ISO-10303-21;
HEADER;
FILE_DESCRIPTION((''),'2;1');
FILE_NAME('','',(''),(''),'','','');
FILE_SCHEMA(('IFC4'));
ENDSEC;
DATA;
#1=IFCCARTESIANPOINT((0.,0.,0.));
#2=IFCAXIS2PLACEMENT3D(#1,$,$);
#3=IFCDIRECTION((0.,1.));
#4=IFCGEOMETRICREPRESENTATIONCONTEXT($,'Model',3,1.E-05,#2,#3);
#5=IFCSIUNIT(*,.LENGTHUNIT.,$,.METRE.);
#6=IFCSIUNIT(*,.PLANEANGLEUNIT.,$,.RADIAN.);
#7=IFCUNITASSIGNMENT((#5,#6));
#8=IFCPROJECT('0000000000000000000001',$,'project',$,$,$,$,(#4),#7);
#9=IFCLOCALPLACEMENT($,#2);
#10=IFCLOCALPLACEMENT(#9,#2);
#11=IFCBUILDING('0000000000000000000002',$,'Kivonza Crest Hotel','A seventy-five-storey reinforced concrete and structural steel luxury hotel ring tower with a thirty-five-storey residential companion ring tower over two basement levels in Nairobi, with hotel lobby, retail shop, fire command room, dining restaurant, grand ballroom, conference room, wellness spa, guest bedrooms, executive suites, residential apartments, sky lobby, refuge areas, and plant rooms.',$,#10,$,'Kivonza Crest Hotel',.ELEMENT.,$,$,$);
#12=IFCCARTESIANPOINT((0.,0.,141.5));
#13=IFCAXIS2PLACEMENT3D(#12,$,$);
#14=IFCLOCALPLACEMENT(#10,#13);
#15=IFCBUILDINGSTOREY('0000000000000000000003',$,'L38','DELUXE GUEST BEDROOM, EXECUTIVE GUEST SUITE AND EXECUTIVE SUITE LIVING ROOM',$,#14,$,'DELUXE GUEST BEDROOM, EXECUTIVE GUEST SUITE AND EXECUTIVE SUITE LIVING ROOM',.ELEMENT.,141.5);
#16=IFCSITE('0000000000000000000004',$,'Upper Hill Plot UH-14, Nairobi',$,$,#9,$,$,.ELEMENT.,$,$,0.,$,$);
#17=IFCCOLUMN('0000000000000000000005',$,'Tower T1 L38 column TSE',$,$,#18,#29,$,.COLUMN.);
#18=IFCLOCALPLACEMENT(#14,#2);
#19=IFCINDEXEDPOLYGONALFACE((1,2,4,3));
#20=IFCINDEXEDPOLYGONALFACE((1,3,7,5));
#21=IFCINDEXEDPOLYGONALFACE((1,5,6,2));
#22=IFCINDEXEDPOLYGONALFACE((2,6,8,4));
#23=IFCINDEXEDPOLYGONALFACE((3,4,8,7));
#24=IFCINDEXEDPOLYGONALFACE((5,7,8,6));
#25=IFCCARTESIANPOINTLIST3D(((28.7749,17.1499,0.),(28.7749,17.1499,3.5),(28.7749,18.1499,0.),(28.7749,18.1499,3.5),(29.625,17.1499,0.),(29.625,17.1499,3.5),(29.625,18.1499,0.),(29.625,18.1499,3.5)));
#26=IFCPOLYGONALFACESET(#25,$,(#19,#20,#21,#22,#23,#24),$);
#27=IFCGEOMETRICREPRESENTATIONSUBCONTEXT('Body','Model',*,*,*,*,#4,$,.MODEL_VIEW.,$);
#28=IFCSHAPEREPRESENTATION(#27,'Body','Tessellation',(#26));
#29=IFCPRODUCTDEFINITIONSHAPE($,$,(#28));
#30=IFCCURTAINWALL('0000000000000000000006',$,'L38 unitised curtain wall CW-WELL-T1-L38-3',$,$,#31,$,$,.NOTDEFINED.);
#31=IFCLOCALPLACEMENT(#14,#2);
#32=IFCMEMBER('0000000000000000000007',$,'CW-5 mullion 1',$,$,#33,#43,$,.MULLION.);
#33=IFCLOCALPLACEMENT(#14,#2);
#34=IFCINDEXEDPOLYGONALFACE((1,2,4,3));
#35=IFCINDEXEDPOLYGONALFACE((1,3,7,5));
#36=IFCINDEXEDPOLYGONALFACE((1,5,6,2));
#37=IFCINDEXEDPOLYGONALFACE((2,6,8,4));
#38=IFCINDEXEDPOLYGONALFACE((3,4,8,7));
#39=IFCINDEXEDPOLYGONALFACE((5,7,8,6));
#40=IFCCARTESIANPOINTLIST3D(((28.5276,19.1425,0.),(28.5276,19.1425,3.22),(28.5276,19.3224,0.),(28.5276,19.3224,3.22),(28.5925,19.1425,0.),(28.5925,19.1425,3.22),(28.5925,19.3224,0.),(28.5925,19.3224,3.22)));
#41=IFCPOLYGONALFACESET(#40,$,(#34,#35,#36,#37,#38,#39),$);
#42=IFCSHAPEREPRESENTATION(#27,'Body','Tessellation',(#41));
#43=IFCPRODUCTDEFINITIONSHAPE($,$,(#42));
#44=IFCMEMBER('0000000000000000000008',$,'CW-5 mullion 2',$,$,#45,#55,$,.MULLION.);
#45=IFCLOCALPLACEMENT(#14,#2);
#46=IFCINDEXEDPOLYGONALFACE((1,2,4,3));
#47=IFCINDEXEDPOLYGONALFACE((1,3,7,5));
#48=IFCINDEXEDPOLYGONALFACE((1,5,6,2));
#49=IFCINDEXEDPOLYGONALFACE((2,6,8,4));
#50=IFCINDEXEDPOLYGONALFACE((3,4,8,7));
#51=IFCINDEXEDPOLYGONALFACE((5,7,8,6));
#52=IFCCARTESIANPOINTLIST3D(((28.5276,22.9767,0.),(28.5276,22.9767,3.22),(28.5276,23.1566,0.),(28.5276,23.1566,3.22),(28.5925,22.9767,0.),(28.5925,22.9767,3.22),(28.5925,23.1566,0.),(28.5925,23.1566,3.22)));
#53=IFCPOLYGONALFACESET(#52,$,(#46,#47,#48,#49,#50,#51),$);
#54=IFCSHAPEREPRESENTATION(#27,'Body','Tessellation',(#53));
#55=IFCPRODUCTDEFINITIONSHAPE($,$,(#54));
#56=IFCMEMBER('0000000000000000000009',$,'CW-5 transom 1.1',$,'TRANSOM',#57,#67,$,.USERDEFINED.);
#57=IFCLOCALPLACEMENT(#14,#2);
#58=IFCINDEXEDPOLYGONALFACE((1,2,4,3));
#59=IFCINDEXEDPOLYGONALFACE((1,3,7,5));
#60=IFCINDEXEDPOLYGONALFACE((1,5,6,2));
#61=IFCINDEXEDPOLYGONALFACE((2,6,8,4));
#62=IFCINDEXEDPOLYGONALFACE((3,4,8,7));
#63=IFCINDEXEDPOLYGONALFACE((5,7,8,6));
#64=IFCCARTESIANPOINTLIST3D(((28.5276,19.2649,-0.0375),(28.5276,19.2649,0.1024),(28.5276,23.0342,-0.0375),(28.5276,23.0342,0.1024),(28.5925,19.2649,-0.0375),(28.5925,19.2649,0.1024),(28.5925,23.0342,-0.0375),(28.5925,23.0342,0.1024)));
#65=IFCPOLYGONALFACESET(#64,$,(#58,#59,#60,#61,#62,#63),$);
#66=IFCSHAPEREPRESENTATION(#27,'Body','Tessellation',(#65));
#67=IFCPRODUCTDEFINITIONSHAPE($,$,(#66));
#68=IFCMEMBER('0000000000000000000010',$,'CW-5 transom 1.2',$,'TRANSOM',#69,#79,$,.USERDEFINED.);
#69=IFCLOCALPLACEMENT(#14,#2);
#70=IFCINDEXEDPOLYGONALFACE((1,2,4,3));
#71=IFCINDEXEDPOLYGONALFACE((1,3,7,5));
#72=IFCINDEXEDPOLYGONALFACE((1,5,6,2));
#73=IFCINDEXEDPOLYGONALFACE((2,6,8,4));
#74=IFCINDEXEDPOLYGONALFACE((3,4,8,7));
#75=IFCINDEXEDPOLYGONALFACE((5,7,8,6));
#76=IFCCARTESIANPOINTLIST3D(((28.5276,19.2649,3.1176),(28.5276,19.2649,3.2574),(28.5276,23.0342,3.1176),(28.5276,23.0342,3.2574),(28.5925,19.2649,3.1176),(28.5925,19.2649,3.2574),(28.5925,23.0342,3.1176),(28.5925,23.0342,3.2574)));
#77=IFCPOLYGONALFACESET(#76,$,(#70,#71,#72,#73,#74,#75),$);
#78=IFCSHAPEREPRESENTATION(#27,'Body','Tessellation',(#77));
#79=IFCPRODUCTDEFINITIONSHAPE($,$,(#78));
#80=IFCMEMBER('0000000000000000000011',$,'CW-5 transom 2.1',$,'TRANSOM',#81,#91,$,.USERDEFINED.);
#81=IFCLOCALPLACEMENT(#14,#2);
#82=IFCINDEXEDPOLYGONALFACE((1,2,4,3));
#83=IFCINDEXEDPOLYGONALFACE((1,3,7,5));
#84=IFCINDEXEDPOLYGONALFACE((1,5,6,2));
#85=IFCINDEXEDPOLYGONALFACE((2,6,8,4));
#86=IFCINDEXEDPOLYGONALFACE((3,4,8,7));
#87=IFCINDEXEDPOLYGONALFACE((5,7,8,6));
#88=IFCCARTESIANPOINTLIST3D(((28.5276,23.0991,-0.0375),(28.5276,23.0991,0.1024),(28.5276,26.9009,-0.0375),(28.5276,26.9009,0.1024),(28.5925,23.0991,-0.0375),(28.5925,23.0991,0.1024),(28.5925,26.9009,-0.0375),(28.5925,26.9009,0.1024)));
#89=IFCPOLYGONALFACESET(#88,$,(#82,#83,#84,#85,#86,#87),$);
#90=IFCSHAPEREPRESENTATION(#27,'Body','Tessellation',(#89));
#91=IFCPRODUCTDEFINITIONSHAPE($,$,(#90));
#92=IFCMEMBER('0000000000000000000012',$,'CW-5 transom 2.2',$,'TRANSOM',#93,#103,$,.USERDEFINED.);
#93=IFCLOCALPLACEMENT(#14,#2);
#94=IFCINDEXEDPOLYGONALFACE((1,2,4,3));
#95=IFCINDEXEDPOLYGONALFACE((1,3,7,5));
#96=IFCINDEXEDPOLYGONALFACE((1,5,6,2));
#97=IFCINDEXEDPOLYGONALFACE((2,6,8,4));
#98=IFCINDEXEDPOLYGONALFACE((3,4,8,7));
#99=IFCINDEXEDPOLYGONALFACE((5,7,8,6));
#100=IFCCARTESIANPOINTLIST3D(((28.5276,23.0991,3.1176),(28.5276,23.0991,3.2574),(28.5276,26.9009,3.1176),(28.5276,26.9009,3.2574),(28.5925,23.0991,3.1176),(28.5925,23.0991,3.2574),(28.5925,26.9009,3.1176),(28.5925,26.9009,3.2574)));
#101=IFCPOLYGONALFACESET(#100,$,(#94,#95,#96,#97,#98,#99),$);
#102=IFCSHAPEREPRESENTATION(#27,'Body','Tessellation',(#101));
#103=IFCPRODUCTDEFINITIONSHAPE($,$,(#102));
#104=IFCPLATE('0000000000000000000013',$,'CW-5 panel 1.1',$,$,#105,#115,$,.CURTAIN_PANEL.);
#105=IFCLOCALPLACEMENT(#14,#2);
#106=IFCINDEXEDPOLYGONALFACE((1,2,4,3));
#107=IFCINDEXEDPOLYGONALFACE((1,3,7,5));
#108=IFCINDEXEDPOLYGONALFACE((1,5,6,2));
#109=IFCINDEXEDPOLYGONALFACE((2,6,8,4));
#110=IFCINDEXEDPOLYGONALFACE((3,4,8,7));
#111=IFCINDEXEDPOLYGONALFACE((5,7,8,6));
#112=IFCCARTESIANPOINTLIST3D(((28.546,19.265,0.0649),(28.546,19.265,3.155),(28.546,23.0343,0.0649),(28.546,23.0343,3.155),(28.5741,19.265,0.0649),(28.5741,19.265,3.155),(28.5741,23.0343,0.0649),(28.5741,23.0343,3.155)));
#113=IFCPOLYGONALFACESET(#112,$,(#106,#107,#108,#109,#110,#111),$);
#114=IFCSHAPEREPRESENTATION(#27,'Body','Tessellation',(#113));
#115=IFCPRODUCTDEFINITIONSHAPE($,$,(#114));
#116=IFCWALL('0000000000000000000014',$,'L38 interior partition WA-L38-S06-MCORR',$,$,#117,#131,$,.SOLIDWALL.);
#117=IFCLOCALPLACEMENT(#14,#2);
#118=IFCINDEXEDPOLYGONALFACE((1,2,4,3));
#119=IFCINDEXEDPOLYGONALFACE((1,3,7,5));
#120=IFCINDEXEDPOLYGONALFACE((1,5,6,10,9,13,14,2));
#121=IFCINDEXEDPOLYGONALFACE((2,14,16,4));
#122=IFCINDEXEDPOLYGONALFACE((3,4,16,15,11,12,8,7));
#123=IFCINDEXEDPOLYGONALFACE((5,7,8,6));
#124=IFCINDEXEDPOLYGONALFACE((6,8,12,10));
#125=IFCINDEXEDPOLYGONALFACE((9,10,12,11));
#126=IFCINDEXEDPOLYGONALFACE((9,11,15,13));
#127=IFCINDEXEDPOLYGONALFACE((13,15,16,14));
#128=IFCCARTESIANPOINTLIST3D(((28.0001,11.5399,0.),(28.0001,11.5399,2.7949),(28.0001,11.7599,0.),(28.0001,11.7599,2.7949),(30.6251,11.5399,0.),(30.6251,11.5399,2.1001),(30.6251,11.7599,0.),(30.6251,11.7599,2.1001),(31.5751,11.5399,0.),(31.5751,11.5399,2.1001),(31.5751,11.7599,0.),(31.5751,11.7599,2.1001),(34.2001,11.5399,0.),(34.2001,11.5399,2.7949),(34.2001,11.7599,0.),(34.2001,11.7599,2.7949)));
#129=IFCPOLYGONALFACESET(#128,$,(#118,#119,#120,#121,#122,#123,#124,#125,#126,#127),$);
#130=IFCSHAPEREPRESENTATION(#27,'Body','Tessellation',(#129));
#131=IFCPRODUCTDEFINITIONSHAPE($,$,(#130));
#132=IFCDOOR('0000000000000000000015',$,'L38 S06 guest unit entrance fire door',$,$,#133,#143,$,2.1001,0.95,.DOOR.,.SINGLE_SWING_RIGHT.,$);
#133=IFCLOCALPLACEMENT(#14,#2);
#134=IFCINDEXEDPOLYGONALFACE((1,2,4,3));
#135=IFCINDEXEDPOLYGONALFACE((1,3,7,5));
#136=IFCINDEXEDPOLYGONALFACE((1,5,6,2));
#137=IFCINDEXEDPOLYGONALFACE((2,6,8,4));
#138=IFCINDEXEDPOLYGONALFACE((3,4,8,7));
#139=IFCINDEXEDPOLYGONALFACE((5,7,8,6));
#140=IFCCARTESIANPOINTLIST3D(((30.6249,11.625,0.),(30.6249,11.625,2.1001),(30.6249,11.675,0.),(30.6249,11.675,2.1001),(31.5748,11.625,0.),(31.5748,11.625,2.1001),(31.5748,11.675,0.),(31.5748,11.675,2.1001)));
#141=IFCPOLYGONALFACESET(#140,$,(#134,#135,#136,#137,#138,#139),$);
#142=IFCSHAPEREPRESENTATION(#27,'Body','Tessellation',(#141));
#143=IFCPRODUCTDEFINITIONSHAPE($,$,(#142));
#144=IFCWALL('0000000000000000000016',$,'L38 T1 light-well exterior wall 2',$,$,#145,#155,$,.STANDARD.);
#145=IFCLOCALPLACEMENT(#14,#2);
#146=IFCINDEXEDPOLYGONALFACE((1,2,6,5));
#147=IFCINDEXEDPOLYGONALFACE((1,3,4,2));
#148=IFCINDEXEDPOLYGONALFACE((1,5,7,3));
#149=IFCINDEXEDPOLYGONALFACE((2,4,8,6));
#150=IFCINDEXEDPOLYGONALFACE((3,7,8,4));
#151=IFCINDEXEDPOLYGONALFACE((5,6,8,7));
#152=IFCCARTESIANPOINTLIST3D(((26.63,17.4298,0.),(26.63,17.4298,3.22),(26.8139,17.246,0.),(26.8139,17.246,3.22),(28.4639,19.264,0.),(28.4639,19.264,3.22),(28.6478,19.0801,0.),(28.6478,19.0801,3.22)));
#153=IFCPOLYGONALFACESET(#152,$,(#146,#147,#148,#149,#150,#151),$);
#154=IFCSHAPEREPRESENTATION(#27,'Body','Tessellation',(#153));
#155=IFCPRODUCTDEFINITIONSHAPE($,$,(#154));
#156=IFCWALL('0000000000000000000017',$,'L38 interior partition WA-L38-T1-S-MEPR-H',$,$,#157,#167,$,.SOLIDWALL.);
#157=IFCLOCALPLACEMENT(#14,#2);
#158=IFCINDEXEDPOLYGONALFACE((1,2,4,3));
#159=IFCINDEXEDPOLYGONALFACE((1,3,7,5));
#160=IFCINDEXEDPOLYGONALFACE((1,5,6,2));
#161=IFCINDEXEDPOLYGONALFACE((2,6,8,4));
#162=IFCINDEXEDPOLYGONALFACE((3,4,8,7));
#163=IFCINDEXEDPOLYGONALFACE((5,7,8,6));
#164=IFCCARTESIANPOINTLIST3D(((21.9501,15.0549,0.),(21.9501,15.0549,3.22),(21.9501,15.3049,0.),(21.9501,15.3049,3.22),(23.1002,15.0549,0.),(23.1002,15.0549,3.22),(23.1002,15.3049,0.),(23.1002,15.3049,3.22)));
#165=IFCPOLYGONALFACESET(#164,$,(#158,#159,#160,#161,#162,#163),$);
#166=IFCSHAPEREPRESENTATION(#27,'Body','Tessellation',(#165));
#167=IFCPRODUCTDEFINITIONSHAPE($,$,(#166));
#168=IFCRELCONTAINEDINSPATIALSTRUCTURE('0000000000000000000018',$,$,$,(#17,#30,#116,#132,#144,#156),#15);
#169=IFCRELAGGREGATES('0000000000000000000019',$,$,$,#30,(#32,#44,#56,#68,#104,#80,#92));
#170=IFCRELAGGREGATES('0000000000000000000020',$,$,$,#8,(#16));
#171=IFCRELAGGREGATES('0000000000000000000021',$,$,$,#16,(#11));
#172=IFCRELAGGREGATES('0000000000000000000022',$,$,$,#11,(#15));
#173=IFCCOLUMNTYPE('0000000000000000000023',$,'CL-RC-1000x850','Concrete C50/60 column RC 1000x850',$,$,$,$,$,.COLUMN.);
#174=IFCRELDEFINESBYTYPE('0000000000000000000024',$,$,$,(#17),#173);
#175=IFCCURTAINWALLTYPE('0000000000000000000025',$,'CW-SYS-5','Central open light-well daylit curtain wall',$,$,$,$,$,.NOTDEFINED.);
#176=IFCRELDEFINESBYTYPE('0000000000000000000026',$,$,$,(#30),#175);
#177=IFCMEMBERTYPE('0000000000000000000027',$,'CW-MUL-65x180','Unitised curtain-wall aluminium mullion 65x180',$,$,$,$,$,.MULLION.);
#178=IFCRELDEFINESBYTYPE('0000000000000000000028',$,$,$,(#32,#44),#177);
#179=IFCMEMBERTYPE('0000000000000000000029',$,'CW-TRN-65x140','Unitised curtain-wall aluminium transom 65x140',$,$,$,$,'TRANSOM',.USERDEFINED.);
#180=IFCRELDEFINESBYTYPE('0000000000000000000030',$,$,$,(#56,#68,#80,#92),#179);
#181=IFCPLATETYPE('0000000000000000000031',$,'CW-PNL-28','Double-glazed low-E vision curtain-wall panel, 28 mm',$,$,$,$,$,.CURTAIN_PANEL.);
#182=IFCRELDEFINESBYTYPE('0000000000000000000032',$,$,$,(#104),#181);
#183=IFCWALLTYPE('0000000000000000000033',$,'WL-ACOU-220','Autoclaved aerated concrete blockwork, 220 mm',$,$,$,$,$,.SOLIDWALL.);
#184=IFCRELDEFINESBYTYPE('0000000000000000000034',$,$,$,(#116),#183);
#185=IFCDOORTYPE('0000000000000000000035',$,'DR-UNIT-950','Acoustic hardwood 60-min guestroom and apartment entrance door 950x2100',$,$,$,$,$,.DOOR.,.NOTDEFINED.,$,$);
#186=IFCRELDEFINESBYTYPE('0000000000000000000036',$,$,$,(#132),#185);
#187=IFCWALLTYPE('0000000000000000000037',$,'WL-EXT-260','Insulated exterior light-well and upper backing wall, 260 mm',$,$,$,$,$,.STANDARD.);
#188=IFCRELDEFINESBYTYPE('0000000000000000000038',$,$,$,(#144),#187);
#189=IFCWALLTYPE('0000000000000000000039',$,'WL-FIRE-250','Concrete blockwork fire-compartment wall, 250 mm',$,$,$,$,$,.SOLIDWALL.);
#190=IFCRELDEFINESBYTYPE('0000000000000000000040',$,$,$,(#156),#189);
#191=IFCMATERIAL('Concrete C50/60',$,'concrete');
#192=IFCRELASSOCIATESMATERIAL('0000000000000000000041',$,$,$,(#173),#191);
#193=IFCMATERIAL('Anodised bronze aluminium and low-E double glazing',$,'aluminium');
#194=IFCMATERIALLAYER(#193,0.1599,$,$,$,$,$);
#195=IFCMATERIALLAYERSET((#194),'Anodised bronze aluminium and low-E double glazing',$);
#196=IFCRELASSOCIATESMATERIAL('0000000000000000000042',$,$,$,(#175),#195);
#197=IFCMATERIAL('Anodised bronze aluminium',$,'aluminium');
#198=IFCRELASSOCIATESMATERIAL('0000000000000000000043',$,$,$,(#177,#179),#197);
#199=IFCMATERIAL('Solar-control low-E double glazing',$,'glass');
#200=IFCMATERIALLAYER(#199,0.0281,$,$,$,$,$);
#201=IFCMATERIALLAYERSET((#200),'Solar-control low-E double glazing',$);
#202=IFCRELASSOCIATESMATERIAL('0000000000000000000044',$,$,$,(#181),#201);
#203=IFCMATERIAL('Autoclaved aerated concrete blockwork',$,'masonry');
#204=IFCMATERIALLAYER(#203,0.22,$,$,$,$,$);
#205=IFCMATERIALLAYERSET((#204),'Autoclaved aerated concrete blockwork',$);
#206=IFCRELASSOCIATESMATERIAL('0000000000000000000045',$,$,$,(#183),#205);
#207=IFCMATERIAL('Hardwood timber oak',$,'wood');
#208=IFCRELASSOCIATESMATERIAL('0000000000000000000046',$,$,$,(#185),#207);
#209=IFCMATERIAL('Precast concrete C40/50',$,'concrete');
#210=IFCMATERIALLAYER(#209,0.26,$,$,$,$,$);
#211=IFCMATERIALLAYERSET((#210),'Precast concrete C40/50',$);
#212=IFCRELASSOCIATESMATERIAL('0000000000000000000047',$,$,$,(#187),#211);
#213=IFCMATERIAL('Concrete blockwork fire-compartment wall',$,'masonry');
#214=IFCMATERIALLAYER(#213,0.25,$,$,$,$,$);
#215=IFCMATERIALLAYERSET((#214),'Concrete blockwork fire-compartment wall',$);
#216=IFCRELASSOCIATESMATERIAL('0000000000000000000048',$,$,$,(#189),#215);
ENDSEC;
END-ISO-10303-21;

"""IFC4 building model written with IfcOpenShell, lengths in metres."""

from ifc_helpers import new_model, si_unit, direction, frame, frame_2d, origin, origin_2d, place, context, subcontext, project, spatial, rectangle, extrude, material, layer, layer_set, material_profile, profile_set, type_object, element, fill, aggregate, save


model = new_model("IFC4")

# Units and contexts
model_context = context("Model", 3, precision=1e-05, world=origin(), true_north=direction((0.0, 1.0)))
body_context = subcontext(model_context, "Body", "Model", "MODEL_VIEW")
ifc_project = project(units=[si_unit("LENGTHUNIT", "METRE"), si_unit("PLANEANGLEUNIT", "RADIAN")], contexts=[model_context])

# Site, building, storey
site_placement = place(None, origin())
site = spatial("IfcSite", under=ifc_project, at=site_placement, Name="Upper Hill Plot UH-14, Nairobi", CompositionType="ELEMENT", RefElevation=0.0)
building_placement = place(site_placement, origin())
building = spatial("IfcBuilding", under=site, at=building_placement, Name="Kivonza Crest Hotel", Description="A seventy-five-storey reinforced concrete and structural steel luxury hotel ring tower with a thirty-five-storey residential companion ring tower over two basement levels in Nairobi, with hotel lobby, retail shop, fire command room, dining restaurant, grand ballroom, conference room, wellness spa, guest bedrooms, executive suites, residential apartments, sky lobby, refuge areas, and plant rooms.", LongName="Kivonza Crest Hotel", CompositionType="ELEMENT")
storey_placement = place(building_placement, frame((0.0, 0.0, 141.5)))
storey = spatial("IfcBuildingStorey", under=building, at=storey_placement, Name="L38", Description="DELUXE GUEST BEDROOM, EXECUTIVE GUEST SUITE AND EXECUTIVE SUITE LIVING ROOM", LongName="DELUXE GUEST BEDROOM, EXECUTIVE GUEST SUITE AND EXECUTIVE SUITE LIVING ROOM", CompositionType="ELEMENT", Elevation=141.5)

# Column
ifc_material_1 = material(Name="Concrete C50/60", Category="concrete")
ifc_material_profile_1 = material_profile(ifc_material_1, rectangle(XDim=0.8501, YDim=1.0, at=origin_2d()), Name="RC 1000x850")
ifc_profile_set_1 = profile_set([ifc_material_profile_1], Name="Concrete C50/60")
column_type = type_object("IfcColumnType", Name="CL-RC-1000x850", Description="Concrete C50/60 column RC 1000x850", PredefinedType="COLUMN", material=ifc_profile_set_1)
column_placement = place(storey_placement, frame((29.2, 17.6499, 0.0), z_axis=(0.0, 0.0, 1.0), x_axis=(1.0, 0.0, 0.0)))
element("IfcColumn", 1, at=column_placement, inside=storey, type_object=column_type, Name="Tower T1 L38 column TSE", PredefinedType="COLUMN", context=body_context, shape_type="SweptSolid", body=[
    extrude(rectangle(XDim=0.8501, YDim=1.0, at=origin_2d()), origin(), (0.0, 0.0, 1.0), 3.5),
])

# Curtain wall, members, plate
ifc_material_2 = material(Name="Anodised bronze aluminium and low-E double glazing", Category="aluminium")
ifc_layer_1 = layer(ifc_material_2, 0.1599)
ifc_layer_set_1 = layer_set([ifc_layer_1], Name="Anodised bronze aluminium and low-E double glazing")
curtain_wall_type = type_object("IfcCurtainWallType", Name="CW-SYS-5", Description="Central open light-well daylit curtain wall", PredefinedType="NOTDEFINED", material=ifc_layer_set_1)
curtain_wall_placement = place(storey_placement, origin())
curtain_wall = element("IfcCurtainWall", 2, at=curtain_wall_placement, inside=storey, type_object=curtain_wall_type, Name="L38 unitised curtain wall CW-WELL-T1-L38-3", PredefinedType="NOTDEFINED")
ifc_material_3 = material(Name="Anodised bronze aluminium", Category="aluminium")
ifc_material_profile_2 = material_profile(ifc_material_3, rectangle(XDim=0.0649, YDim=0.1799, at=origin_2d()), Name="CW-M 65x180")
ifc_profile_set_2 = profile_set([ifc_material_profile_2], Name="Anodised bronze aluminium")
member_type_1 = type_object("IfcMemberType", Name="CW-MUL-65x180", Description="Unitised curtain-wall aluminium mullion 65x180", PredefinedType="MULLION", material=ifc_profile_set_2)
member_1_placement = place(storey_placement, frame((28.5601, 19.2324, 0.0), z_axis=(0.0, 0.0, 1.0), x_axis=(-1.0, 0.0, 0.0)))
member_1 = element("IfcMember", 3, at=member_1_placement, type_object=member_type_1, Name="CW-5 mullion 1", PredefinedType="MULLION", context=body_context, shape_type="SweptSolid", body=[
    extrude(rectangle(XDim=0.0649, YDim=0.1799, at=origin_2d()), origin(), (0.0, 0.0, 1.0), 3.22),
])
member_2_placement = place(storey_placement, frame((28.5601, 23.0667, 0.0), z_axis=(0.0, 0.0, 1.0), x_axis=(-1.0, 0.0, 0.0)))
member_2 = element("IfcMember", 4, at=member_2_placement, type_object=member_type_1, Name="CW-5 mullion 2", PredefinedType="MULLION", context=body_context, shape_type="SweptSolid", body=[
    extrude(rectangle(XDim=0.0649, YDim=0.1799, at=origin_2d()), origin(), (0.0, 0.0, 1.0), 3.22),
])
ifc_material_profile_3 = material_profile(ifc_material_3, rectangle(XDim=0.0649, YDim=0.1399, at=origin_2d()), Name="CW-T 65x140")
ifc_profile_set_3 = profile_set([ifc_material_profile_3], Name="Anodised bronze aluminium")
member_type_2 = type_object("IfcMemberType", Name="CW-TRN-65x140", Description="Unitised curtain-wall aluminium transom 65x140", ElementType="TRANSOM", PredefinedType="USERDEFINED", material=ifc_profile_set_3)
member_3_placement = place(storey_placement, frame((28.5601, 19.2649, 0.0325), z_axis=(0.0, 1.0, 0.0), x_axis=(-1.0, 0.0, 0.0)))
member_3 = element("IfcMember", 5, at=member_3_placement, type_object=member_type_2, Name="CW-5 transom 1.1", ObjectType="TRANSOM", PredefinedType="USERDEFINED", context=body_context, shape_type="SweptSolid", body=[
    extrude(rectangle(XDim=0.0649, YDim=0.1399, at=origin_2d()), origin(), (0.0, 0.0, 1.0), 3.7693),
])
member_4_placement = place(storey_placement, frame((28.5601, 19.2649, 3.1875), z_axis=(0.0, 1.0, 0.0), x_axis=(-1.0, 0.0, 0.0)))
member_4 = element("IfcMember", 6, at=member_4_placement, type_object=member_type_2, Name="CW-5 transom 1.2", ObjectType="TRANSOM", PredefinedType="USERDEFINED", context=body_context, shape_type="SweptSolid", body=[
    extrude(rectangle(XDim=0.0649, YDim=0.1399, at=origin_2d()), origin(), (0.0, 0.0, 1.0), 3.7693),
])
member_5_placement = place(storey_placement, frame((28.5601, 23.0991, 0.0325), z_axis=(0.0, 1.0, 0.0), x_axis=(-1.0, 0.0, 0.0)))
member_5 = element("IfcMember", 7, at=member_5_placement, type_object=member_type_2, Name="CW-5 transom 2.1", ObjectType="TRANSOM", PredefinedType="USERDEFINED", context=body_context, shape_type="SweptSolid", body=[
    extrude(rectangle(XDim=0.0649, YDim=0.1399, at=origin_2d()), origin(), (0.0, 0.0, 1.0), 3.8018),
])
member_6_placement = place(storey_placement, frame((28.5601, 23.0991, 3.1875), z_axis=(0.0, 1.0, 0.0), x_axis=(-1.0, 0.0, 0.0)))
member_6 = element("IfcMember", 8, at=member_6_placement, type_object=member_type_2, Name="CW-5 transom 2.2", ObjectType="TRANSOM", PredefinedType="USERDEFINED", context=body_context, shape_type="SweptSolid", body=[
    extrude(rectangle(XDim=0.0649, YDim=0.1399, at=origin_2d()), origin(), (0.0, 0.0, 1.0), 3.8018),
])
ifc_material_4 = material(Name="Solar-control low-E double glazing", Category="glass")
ifc_layer_2 = layer(ifc_material_4, 0.0281)
ifc_layer_set_2 = layer_set([ifc_layer_2], Name="Solar-control low-E double glazing")
plate_type = type_object("IfcPlateType", Name="CW-PNL-28", Description="Double-glazed low-E vision curtain-wall panel, 28 mm", PredefinedType="CURTAIN_PANEL", material=ifc_layer_set_2)
plate_placement = place(storey_placement, frame((28.5601, 21.1497, 0.0649), z_axis=(0.0, 0.0, 1.0), x_axis=(0.0, 1.0, 0.0)))
plate = element("IfcPlate", 9, at=plate_placement, type_object=plate_type, Name="CW-5 panel 1.1", PredefinedType="CURTAIN_PANEL", context=body_context, shape_type="SweptSolid", body=[
    extrude(rectangle(XDim=3.7693, YDim=0.0281, at=origin_2d()), origin(), (0.0, 0.0, 1.0), 3.0901),
])
aggregate(curtain_wall, [member_1, member_2, member_3, member_4, plate, member_5, member_6])

# Wall, opening, door
ifc_material_5 = material(Name="Autoclaved aerated concrete blockwork", Category="masonry")
ifc_layer_3 = layer(ifc_material_5, 0.22)
ifc_layer_set_3 = layer_set([ifc_layer_3], Name="Autoclaved aerated concrete blockwork")
wall_type_1 = type_object("IfcWallType", Name="WL-ACOU-220", Description="Autoclaved aerated concrete blockwork, 220 mm", PredefinedType="SOLIDWALL", material=ifc_layer_set_3)
wall_1_placement = place(storey_placement, frame((28.0, 11.6499, 0.0), z_axis=(0.0, 0.0, 1.0), x_axis=(1.0, 0.0, 0.0)))
wall_1 = element("IfcWall", 10, at=wall_1_placement, inside=storey, type_object=wall_type_1, Name="L38 interior partition WA-L38-S06-MCORR", PredefinedType="SOLIDWALL", context=body_context, shape_type="SweptSolid", body=[
    extrude(rectangle(XDim=6.2, YDim=0.22, at=frame_2d((3.1001, 0.0))), origin(), (0.0, 0.0, 1.0), 2.7949),
])
opening_1_placement = place(wall_1_placement, frame((2.625, 0.0, 0.0)))
opening_1 = element("IfcOpeningElement", 11, at=opening_1_placement, cuts=wall_1, PredefinedType="OPENING", context=body_context, shape_type="SweptSolid", body=[
    extrude(rectangle(XDim=0.95, YDim=2.1001, at=frame_2d((0.4751, 1.05))), frame((0.0, 0.1201, 0.0), z_axis=(0.0, -1.0, 0.0), x_axis=(1.0, 0.0, 0.0)), (0.0, 0.0, 1.0), 0.24),
])
ifc_material_6 = material(Name="Hardwood timber oak", Category="wood")
door_type_1 = type_object("IfcDoorType", Name="DR-UNIT-950", Description="Acoustic hardwood 60-min guestroom and apartment entrance door 950x2100", OperationType="NOTDEFINED", PredefinedType="DOOR", material=ifc_material_6)
door_1_placement = place(opening_1_placement, frame((0.95, 0.0, 0.0), z_axis=(0.0, 0.0, 1.0), x_axis=(-1.0, 0.0, 0.0)))
door_1 = element("IfcDoor", 12, at=door_1_placement, inside=storey, type_object=door_type_1, Name="L38 S06 guest unit entrance fire door", OperationType="SINGLE_SWING_RIGHT", OverallHeight=2.1001, OverallWidth=0.95, PredefinedType="DOOR", context=body_context, shape_type="SweptSolid", body=[
    extrude(rectangle(XDim=0.95, YDim=2.1001, at=frame_2d((0.4751, 1.05))), frame((0.0, 0.0249, 0.0), z_axis=(0.0, -1.0, 0.0), x_axis=(1.0, 0.0, 0.0)), (0.0, 0.0, 1.0), 0.05),
])
fill(opening_1, door_1)

# Walls
ifc_material_7 = material(Name="Precast concrete C40/50", Category="concrete")
ifc_layer_4 = layer(ifc_material_7, 0.26)
ifc_layer_set_4 = layer_set([ifc_layer_4], Name="Precast concrete C40/50")
wall_type_2 = type_object("IfcWallType", Name="WL-EXT-260", Description="Insulated exterior light-well and upper backing wall, 260 mm", PredefinedType="STANDARD", material=ifc_layer_set_4)
wall_2_placement = place(storey_placement, frame((26.7219, 17.3379, 0.0), z_axis=(0.0, 0.0, 1.0), x_axis=(0.70706, 0.707154, 0.0)))
element("IfcWall", 13, at=wall_2_placement, inside=storey, type_object=wall_type_2, Name="L38 T1 light-well exterior wall 2", PredefinedType="STANDARD", context=body_context, shape_type="SweptSolid", body=[
    extrude(rectangle(XDim=2.5938, YDim=0.26, at=frame_2d((1.2969, 0.0))), origin(), (0.0, 0.0, 1.0), 3.22),
])
ifc_material_8 = material(Name="Concrete blockwork fire-compartment wall", Category="masonry")
ifc_layer_5 = layer(ifc_material_8, 0.25)
ifc_layer_set_5 = layer_set([ifc_layer_5], Name="Concrete blockwork fire-compartment wall")
wall_type_3 = type_object("IfcWallType", Name="WL-FIRE-250", Description="Concrete blockwork fire-compartment wall, 250 mm", PredefinedType="SOLIDWALL", material=ifc_layer_set_5)
wall_3_placement = place(storey_placement, frame((21.95, 15.1799, 0.0), z_axis=(0.0, 0.0, 1.0), x_axis=(1.0, 0.0, 0.0)))
element("IfcWall", 14, at=wall_3_placement, inside=storey, type_object=wall_type_3, Name="L38 interior partition WA-L38-T1-S-MEPR-H", PredefinedType="SOLIDWALL", context=body_context, shape_type="SweptSolid", body=[
    extrude(rectangle(XDim=1.1501, YDim=0.25, at=frame_2d((0.5752, 0.0))), origin(), (0.0, 0.0, 1.0), 3.22),
])

save(model, "model.ifc")
